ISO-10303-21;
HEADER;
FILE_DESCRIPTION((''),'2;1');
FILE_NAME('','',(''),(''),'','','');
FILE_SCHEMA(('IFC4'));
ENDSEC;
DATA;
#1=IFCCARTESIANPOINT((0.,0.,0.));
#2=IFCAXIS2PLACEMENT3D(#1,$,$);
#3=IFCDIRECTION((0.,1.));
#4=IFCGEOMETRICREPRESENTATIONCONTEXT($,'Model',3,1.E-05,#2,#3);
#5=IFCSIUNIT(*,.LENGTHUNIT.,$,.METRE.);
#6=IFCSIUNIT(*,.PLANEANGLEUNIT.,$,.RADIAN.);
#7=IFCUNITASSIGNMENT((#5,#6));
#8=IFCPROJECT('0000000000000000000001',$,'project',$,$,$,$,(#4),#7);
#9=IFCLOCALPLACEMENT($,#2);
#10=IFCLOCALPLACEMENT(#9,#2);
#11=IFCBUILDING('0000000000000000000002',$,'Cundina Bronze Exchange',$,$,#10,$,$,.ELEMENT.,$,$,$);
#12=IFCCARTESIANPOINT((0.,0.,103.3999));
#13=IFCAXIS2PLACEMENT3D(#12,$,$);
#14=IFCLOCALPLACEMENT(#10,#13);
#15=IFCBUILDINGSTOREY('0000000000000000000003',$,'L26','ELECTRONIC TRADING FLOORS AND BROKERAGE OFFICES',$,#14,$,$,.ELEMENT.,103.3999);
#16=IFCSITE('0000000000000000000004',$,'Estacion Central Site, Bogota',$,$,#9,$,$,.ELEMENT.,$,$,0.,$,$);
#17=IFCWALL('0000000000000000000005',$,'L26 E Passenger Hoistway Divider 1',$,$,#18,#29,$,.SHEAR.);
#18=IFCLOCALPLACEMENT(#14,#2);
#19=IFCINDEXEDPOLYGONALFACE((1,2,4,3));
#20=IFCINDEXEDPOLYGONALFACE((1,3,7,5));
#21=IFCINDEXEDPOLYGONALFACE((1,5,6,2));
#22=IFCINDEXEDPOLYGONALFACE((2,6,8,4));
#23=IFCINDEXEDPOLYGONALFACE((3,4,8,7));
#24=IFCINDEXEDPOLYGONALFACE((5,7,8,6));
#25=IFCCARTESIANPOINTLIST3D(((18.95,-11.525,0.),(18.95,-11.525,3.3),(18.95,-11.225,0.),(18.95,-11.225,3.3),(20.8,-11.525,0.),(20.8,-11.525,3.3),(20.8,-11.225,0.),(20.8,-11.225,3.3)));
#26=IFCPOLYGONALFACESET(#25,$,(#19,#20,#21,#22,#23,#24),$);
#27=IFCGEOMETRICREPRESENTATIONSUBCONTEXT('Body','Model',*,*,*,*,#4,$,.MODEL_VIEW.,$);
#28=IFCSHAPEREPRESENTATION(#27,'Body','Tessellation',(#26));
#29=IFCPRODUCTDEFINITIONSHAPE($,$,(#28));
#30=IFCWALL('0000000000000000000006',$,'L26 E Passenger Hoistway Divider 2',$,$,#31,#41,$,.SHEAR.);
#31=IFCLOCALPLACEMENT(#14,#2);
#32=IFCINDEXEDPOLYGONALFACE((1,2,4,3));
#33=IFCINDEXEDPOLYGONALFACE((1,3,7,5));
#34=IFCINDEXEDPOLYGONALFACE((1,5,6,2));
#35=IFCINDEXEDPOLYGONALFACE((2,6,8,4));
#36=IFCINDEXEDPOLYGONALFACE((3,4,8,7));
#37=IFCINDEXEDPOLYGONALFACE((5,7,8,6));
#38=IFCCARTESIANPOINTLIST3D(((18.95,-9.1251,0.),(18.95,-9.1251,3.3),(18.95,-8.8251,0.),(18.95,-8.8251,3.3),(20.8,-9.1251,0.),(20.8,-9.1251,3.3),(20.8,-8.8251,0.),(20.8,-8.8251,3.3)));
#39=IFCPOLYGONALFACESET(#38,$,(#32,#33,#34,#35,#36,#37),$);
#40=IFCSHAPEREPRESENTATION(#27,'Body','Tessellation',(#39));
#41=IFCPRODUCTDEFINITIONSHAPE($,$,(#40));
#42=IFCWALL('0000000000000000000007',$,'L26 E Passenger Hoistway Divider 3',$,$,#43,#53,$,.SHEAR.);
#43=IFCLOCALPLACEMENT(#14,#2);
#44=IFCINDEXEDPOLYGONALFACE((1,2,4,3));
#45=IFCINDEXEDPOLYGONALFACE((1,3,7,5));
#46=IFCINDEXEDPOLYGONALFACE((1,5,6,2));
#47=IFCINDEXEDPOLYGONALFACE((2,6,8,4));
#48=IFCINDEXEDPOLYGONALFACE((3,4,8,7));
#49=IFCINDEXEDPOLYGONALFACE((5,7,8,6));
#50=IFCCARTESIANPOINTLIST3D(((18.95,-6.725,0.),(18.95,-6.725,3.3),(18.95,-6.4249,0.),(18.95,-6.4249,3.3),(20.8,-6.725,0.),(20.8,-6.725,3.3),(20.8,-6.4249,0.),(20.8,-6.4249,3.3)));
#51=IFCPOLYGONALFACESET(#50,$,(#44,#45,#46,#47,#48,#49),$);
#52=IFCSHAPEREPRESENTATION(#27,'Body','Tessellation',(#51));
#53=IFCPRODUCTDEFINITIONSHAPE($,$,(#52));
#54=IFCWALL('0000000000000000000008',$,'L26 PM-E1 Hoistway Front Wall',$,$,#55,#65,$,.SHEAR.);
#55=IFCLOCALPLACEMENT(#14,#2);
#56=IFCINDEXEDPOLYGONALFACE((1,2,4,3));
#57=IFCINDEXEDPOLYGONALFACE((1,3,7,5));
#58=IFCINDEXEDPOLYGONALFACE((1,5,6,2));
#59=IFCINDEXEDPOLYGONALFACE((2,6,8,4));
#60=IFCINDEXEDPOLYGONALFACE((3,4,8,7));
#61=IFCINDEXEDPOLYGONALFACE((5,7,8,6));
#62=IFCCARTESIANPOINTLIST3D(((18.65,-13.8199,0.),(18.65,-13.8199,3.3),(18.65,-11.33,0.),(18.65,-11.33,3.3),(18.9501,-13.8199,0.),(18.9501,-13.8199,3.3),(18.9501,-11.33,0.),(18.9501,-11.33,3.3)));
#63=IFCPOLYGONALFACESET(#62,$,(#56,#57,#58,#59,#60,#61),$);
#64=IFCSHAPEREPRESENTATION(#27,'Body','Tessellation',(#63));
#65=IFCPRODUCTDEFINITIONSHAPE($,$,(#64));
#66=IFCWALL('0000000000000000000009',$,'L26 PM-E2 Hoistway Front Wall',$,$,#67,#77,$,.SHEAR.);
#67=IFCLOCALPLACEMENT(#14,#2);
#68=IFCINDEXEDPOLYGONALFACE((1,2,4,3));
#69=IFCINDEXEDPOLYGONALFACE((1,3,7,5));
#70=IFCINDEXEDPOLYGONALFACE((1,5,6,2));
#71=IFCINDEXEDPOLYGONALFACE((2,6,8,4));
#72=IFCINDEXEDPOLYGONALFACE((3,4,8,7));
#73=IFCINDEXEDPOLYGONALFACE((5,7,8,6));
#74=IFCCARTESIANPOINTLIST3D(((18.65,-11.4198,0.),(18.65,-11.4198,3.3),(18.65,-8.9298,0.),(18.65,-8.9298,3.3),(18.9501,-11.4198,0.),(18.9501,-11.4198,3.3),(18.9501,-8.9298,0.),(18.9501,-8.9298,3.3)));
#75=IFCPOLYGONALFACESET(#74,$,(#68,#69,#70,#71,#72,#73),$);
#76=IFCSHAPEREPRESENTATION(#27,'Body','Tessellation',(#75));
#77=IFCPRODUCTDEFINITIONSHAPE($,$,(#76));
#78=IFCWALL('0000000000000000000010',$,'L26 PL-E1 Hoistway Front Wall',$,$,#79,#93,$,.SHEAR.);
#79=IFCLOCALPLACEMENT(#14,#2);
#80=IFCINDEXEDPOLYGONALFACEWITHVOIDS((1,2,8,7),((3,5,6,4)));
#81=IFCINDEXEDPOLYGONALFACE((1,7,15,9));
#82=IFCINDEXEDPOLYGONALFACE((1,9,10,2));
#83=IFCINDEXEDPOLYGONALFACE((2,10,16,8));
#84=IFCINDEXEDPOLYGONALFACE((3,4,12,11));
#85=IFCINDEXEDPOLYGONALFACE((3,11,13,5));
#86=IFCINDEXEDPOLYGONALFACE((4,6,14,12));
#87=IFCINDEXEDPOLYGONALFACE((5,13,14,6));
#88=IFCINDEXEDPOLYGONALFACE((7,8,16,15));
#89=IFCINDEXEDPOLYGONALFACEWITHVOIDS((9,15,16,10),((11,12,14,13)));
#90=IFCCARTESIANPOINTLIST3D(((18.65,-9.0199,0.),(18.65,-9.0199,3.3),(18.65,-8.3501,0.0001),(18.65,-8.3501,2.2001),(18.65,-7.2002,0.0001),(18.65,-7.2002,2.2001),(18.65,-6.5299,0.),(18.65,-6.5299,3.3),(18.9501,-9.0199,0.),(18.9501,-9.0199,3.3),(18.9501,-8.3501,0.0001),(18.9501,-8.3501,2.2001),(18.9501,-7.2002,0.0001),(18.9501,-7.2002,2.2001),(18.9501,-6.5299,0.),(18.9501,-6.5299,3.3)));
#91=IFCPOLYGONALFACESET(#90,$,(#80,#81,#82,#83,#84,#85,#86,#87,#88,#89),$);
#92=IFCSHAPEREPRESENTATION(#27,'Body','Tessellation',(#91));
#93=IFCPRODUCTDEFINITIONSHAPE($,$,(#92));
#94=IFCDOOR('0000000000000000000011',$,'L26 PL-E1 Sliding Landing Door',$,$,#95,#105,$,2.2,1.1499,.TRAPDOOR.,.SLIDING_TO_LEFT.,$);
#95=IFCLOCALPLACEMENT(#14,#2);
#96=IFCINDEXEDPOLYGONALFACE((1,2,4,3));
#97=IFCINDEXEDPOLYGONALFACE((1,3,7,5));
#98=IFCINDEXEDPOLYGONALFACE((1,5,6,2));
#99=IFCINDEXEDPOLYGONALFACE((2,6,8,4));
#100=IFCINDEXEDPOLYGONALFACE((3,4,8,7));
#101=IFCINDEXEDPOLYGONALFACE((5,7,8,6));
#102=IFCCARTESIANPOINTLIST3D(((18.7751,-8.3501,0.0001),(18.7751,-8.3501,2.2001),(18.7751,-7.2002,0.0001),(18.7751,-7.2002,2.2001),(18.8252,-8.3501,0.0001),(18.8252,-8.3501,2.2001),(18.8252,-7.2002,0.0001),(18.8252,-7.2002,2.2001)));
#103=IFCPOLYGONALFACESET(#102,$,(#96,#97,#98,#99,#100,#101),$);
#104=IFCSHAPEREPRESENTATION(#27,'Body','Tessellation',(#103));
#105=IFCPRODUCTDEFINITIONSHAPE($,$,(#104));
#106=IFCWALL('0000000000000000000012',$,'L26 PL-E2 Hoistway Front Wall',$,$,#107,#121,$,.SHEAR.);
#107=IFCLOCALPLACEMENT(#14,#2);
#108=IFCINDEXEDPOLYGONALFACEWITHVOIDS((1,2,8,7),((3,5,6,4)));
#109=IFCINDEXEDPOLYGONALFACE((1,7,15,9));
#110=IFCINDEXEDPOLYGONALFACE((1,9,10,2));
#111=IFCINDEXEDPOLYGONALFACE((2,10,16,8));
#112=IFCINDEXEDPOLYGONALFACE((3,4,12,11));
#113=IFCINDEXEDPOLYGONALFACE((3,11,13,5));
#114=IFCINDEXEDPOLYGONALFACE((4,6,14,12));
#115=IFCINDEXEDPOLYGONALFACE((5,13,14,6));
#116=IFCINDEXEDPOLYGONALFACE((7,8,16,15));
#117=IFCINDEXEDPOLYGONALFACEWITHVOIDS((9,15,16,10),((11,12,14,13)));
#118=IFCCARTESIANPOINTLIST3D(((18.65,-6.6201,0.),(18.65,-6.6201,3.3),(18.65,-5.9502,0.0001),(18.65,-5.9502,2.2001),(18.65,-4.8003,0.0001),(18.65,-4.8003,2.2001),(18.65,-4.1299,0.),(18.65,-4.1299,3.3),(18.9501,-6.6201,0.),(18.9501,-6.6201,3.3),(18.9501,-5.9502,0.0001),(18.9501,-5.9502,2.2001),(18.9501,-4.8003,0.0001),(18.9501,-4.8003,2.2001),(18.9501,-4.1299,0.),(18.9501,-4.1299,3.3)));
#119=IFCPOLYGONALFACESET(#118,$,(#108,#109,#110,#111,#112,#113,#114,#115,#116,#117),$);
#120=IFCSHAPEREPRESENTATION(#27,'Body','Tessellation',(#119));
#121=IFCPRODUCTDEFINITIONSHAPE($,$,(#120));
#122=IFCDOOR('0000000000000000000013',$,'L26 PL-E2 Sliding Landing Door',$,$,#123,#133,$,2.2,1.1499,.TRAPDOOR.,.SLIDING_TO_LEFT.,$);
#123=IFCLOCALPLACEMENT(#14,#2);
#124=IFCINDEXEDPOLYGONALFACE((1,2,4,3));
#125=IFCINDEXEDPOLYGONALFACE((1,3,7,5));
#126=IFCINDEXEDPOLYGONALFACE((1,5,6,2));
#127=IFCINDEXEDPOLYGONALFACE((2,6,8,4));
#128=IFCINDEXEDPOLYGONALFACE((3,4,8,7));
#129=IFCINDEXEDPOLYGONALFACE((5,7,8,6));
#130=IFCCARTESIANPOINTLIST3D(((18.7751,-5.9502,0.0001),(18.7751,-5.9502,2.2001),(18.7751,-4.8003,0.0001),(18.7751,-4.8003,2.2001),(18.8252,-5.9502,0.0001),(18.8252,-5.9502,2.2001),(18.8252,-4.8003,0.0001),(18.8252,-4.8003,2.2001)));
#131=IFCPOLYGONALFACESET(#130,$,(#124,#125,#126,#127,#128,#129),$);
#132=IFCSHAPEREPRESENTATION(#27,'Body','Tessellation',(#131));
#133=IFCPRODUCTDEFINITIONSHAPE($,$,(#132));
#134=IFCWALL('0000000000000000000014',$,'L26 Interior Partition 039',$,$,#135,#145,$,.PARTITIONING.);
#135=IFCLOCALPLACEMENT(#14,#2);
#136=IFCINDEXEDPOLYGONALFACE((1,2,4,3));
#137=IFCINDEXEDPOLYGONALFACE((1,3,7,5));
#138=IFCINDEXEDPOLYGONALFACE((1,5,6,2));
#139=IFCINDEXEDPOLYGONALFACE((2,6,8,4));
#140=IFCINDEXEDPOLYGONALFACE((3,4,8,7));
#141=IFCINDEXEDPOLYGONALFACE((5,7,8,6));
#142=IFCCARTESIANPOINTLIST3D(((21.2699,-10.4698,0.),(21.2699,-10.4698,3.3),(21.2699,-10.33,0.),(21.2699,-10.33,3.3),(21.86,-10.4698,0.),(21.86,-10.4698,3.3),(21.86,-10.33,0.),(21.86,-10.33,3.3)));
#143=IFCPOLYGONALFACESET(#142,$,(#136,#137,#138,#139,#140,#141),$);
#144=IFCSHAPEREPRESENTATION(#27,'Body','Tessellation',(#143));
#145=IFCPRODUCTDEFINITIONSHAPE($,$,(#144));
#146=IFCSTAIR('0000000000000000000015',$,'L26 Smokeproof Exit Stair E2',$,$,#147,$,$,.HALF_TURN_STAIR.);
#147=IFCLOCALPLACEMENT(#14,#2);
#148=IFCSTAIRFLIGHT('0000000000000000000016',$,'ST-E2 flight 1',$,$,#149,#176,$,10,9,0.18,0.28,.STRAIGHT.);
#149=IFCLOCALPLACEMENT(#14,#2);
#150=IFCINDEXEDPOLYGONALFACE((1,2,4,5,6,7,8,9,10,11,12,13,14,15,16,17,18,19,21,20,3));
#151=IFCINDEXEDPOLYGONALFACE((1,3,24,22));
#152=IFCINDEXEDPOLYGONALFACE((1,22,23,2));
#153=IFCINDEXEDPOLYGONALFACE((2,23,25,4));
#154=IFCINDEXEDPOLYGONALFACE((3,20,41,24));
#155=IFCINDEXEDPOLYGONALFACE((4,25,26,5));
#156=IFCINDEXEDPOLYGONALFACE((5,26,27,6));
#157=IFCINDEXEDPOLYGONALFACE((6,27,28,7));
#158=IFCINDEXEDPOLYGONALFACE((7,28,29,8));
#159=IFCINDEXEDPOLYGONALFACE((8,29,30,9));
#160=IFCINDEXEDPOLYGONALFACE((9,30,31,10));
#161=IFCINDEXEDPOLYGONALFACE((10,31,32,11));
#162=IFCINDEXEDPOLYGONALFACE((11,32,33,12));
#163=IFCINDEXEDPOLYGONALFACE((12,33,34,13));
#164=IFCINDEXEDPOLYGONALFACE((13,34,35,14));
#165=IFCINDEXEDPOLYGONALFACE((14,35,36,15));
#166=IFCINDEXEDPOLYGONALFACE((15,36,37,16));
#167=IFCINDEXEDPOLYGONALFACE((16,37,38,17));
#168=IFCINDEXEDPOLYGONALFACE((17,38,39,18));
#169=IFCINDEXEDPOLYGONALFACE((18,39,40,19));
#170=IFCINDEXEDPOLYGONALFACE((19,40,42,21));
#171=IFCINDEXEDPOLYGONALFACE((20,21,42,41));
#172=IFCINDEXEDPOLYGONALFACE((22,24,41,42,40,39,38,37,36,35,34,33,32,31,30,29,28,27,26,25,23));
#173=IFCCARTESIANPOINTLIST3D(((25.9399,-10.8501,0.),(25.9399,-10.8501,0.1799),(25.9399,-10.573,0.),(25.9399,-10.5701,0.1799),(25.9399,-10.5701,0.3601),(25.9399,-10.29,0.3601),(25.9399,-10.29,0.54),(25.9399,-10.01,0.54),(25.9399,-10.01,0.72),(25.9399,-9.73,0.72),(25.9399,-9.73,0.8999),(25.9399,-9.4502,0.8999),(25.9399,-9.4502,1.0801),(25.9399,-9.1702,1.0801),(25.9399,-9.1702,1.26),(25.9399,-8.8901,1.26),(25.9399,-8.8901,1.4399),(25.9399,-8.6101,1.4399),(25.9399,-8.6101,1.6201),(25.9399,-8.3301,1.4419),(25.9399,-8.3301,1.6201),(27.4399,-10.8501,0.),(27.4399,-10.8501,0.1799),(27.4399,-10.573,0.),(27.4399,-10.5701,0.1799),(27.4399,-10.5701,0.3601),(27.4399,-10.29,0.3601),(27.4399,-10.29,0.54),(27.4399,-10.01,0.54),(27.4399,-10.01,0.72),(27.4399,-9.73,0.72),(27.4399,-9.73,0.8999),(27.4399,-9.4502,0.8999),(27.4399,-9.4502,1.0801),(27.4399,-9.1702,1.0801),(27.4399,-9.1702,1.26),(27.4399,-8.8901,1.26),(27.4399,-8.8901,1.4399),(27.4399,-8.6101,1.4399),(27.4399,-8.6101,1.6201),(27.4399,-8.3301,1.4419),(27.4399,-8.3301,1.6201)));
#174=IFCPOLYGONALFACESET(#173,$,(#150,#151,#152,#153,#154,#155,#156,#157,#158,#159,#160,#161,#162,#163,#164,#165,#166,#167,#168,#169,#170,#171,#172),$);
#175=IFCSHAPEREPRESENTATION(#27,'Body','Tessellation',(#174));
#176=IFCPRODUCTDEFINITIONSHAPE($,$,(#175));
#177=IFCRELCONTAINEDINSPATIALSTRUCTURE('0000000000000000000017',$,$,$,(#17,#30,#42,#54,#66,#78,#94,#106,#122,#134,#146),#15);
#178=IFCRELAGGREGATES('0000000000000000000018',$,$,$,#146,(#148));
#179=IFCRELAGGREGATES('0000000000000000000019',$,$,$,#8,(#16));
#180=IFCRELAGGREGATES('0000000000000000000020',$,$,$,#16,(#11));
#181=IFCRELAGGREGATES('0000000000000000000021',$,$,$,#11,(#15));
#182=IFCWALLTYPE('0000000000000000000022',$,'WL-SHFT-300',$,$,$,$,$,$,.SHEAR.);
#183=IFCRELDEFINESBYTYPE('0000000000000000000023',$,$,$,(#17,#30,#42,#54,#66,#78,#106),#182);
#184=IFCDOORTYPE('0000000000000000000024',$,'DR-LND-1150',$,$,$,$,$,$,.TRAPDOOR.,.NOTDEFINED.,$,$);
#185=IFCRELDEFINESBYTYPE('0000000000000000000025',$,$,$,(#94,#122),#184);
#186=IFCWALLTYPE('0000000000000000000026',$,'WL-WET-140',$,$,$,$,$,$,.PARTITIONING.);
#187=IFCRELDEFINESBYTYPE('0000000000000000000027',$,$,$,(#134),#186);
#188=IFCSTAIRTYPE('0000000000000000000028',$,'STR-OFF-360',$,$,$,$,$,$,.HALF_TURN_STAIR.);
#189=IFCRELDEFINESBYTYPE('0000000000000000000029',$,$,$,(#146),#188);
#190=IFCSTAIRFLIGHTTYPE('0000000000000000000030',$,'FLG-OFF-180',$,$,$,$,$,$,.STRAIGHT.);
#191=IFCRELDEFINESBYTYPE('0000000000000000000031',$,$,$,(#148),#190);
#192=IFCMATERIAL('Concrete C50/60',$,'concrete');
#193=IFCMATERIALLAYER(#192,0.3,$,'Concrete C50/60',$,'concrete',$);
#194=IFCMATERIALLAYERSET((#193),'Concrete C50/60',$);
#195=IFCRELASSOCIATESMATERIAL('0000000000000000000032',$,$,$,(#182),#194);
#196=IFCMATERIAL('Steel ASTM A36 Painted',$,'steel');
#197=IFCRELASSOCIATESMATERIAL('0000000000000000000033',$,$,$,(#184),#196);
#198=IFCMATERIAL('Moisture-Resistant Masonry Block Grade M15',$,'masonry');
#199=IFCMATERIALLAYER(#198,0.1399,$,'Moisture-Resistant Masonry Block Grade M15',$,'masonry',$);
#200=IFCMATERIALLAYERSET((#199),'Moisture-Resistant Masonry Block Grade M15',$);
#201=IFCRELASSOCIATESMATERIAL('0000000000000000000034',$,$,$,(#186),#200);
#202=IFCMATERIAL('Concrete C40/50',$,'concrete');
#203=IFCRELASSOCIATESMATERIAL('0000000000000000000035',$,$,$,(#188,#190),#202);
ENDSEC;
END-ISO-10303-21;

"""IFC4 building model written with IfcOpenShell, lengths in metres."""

from ifc_helpers import new_model, si_unit, direction, frame, frame_2d, origin, place, context, subcontext, project, spatial, polyline, rectangle, outline, extrude, material, layer, layer_set, type_object, element, fill, aggregate, save


model = new_model("IFC4")

# Units and contexts
model_context = context("Model", 3, precision=1e-05, world=origin(), true_north=direction((0.0, 1.0)))
body_context = subcontext(model_context, "Body", "Model", "MODEL_VIEW")
ifc_project = project(units=[si_unit("LENGTHUNIT", "METRE"), si_unit("PLANEANGLEUNIT", "RADIAN")], contexts=[model_context])

# Site, building, storey
site_placement = place(None, origin())
site = spatial("IfcSite", under=ifc_project, at=site_placement, Name="Estacion Central Site, Bogota", CompositionType="ELEMENT", RefElevation=0.0)
building_placement = place(site_placement, origin())
building = spatial("IfcBuilding", under=site, at=building_placement, Name="Cundina Bronze Exchange", CompositionType="ELEMENT")
storey_placement = place(building_placement, frame((0.0, 0.0, 103.3999)))
storey = spatial("IfcBuildingStorey", under=building, at=storey_placement, Name="L26", Description="ELECTRONIC TRADING FLOORS AND BROKERAGE OFFICES", CompositionType="ELEMENT", Elevation=103.3999)

# Shared definitions
ifc_material_1 = material(Name="Concrete C50/60", Category="concrete")
ifc_layer_1 = layer(ifc_material_1, 0.3, Name="Concrete C50/60", Category="concrete")
ifc_layer_set_1 = layer_set([ifc_layer_1], Name="Concrete C50/60")
wall_type_1 = type_object("IfcWallType", Name="WL-SHFT-300", PredefinedType="SHEAR", material=ifc_layer_set_1)

# Shared definitions
ifc_material_2 = material(Name="Steel ASTM A36 Painted", Category="steel")
door_type_1 = type_object("IfcDoorType", Name="DR-LND-1150", OperationType="NOTDEFINED", PredefinedType="TRAPDOOR", material=ifc_material_2)

# Walls
for number, where, z_axis, x_axis, name in (
    (1, (18.95, -11.375, 0.0), (0.0, 0.0, 1.0), (1.0, 0.0, 0.0), "L26 E Passenger Hoistway Divider 1"),
    (2, (18.95, -8.9751, 0.0), (0.0, 0.0, 1.0), (1.0, 0.0, 0.0), "L26 E Passenger Hoistway Divider 2"),
    (3, (18.95, -6.575, 0.0), (0.0, 0.0, 1.0), (1.0, 0.0, 0.0), "L26 E Passenger Hoistway Divider 3"),
):
    element("IfcWall", number, at=place(storey_placement, frame(where, z_axis=z_axis, x_axis=x_axis)), inside=storey, type_object=wall_type_1, Name=name, PredefinedType="SHEAR", context=body_context, shape_type="SweptSolid", body=[
        extrude(rectangle(XDim=1.8501, YDim=0.3, at=frame_2d((0.925, 0.0))), origin(), (0.0, 0.0, 1.0), 3.3),
    ])
for number, where, z_axis, x_axis, name in (
    (4, (18.8, -13.8201, 0.0), (0.0, 0.0, 1.0), (0.0, 1.0, 0.0), "L26 PM-E1 Hoistway Front Wall"),
    (5, (18.8, -11.4199, 0.0), (0.0, 0.0, 1.0), (0.0, 1.0, 0.0), "L26 PM-E2 Hoistway Front Wall"),
):
    element("IfcWall", number, at=place(storey_placement, frame(where, z_axis=z_axis, x_axis=x_axis)), inside=storey, type_object=wall_type_1, Name=name, PredefinedType="SHEAR", context=body_context, shape_type="SweptSolid", body=[
        extrude(rectangle(XDim=2.49, YDim=0.3, at=frame_2d((1.2451, 0.0))), origin(), (0.0, 0.0, 1.0), 3.3),
    ])

# Walls, openings, doors
wall_1_placement = place(storey_placement, frame((18.8, -9.02, 0.0), z_axis=(0.0, 0.0, 1.0), x_axis=(0.0, 1.0, 0.0)))
wall_1 = element("IfcWall", 6, at=wall_1_placement, inside=storey, type_object=wall_type_1, Name="L26 PL-E1 Hoistway Front Wall", PredefinedType="SHEAR", context=body_context, shape_type="SweptSolid", body=[
    extrude(rectangle(XDim=2.49, YDim=0.3, at=frame_2d((1.2451, 0.0))), origin(), (0.0, 0.0, 1.0), 3.3),
])
opening_1_placement = place(wall_1_placement, frame((0.6699, 0.0, 0.0)))
opening_1 = element("IfcOpeningElement", 7, at=opening_1_placement, cuts=wall_1, PredefinedType="OPENING", context=body_context, shape_type="SweptSolid", body=[
    extrude(rectangle(XDim=1.1499, YDim=2.2, at=frame_2d((0.575, 1.1001))), frame((0.0, 0.1599, 0.0), z_axis=(0.0, -1.0, 0.0), x_axis=(1.0, 0.0, 0.0)), (0.0, 0.0, 1.0), 0.3201),
])
door_1_placement = place(opening_1_placement, origin())
door_1 = element("IfcDoor", 8, at=door_1_placement, inside=storey, type_object=door_type_1, Name="L26 PL-E1 Sliding Landing Door", OperationType="SLIDING_TO_LEFT", OverallHeight=2.2, OverallWidth=1.1499, PredefinedType="TRAPDOOR", context=body_context, shape_type="SweptSolid", body=[
    extrude(rectangle(XDim=1.1499, YDim=2.2, at=frame_2d((0.575, 1.1001))), frame((0.0, 0.0249, 0.0), z_axis=(0.0, -1.0, 0.0), x_axis=(1.0, 0.0, 0.0)), (0.0, 0.0, 1.0), 0.05),
])
fill(opening_1, door_1)
wall_2_placement = place(storey_placement, frame((18.8, -6.6201, 0.0), z_axis=(0.0, 0.0, 1.0), x_axis=(0.0, 1.0, 0.0)))
wall_2 = element("IfcWall", 9, at=wall_2_placement, inside=storey, type_object=wall_type_1, Name="L26 PL-E2 Hoistway Front Wall", PredefinedType="SHEAR", context=body_context, shape_type="SweptSolid", body=[
    extrude(rectangle(XDim=2.4902, YDim=0.3, at=frame_2d((1.2451, 0.0))), origin(), (0.0, 0.0, 1.0), 3.3),
])
opening_2_placement = place(wall_2_placement, frame((0.6699, 0.0, 0.0)))
opening_2 = element("IfcOpeningElement", 10, at=opening_2_placement, cuts=wall_2, PredefinedType="OPENING", context=body_context, shape_type="SweptSolid", body=[
    extrude(rectangle(XDim=1.1499, YDim=2.2, at=frame_2d((0.575, 1.1001))), frame((0.0, 0.1599, 0.0), z_axis=(0.0, -1.0, 0.0), x_axis=(1.0, 0.0, 0.0)), (0.0, 0.0, 1.0), 0.3201),
])
door_2_placement = place(opening_2_placement, origin())
door_2 = element("IfcDoor", 11, at=door_2_placement, inside=storey, type_object=door_type_1, Name="L26 PL-E2 Sliding Landing Door", OperationType="SLIDING_TO_LEFT", OverallHeight=2.2, OverallWidth=1.1499, PredefinedType="TRAPDOOR", context=body_context, shape_type="SweptSolid", body=[
    extrude(rectangle(XDim=1.1499, YDim=2.2, at=frame_2d((0.575, 1.1001))), frame((0.0, 0.0249, 0.0), z_axis=(0.0, -1.0, 0.0), x_axis=(1.0, 0.0, 0.0)), (0.0, 0.0, 1.0), 0.05),
])
fill(opening_2, door_2)

# Wall
ifc_material_3 = material(Name="Moisture-Resistant Masonry Block Grade M15", Category="masonry")
ifc_layer_2 = layer(ifc_material_3, 0.1399, Name="Moisture-Resistant Masonry Block Grade M15", Category="masonry")
ifc_layer_set_2 = layer_set([ifc_layer_2], Name="Moisture-Resistant Masonry Block Grade M15")
wall_type_2 = type_object("IfcWallType", Name="WL-WET-140", PredefinedType="PARTITIONING", material=ifc_layer_set_2)
wall_3_placement = place(storey_placement, frame((21.27, -10.3999, 0.0), z_axis=(0.0, 0.0, 1.0), x_axis=(1.0, 0.0, 0.0)))
element("IfcWall", 12, at=wall_3_placement, inside=storey, type_object=wall_type_2, Name="L26 Interior Partition 039", PredefinedType="PARTITIONING", context=body_context, shape_type="SweptSolid", body=[
    extrude(rectangle(XDim=0.5901, YDim=0.1399, at=frame_2d((0.2949, 0.0))), origin(), (0.0, 0.0, 1.0), 3.3),
])

# Stair, stair flight
ifc_material_4 = material(Name="Concrete C40/50", Category="concrete")
stair_type = type_object("IfcStairType", Name="STR-OFF-360", PredefinedType="HALF_TURN_STAIR", material=ifc_material_4)
stair_placement = place(storey_placement, origin())
stair = element("IfcStair", 13, at=stair_placement, inside=storey, type_object=stair_type, Name="L26 Smokeproof Exit Stair E2", PredefinedType="HALF_TURN_STAIR")
stair_flight_type = type_object("IfcStairFlightType", Name="FLG-OFF-180", PredefinedType="STRAIGHT", material=ifc_material_4)
stair_flight_1_placement = place(storey_placement, frame((26.6899, -10.8501, 0.0), z_axis=(0.0, 0.0, 1.0), x_axis=(0.0, 1.0, 0.0)))
stair_flight_1 = element("IfcStairFlight", 14, at=stair_flight_1_placement, type_object=stair_flight_type, Name="ST-E2 flight 1", NumberOfRisers=10, NumberOfTreads=9, PredefinedType="STRAIGHT", RiserHeight=0.18, TreadLength=0.28, context=body_context, shape_type="SweptSolid", body=[
    extrude(outline(polyline([(0.0, 0.0), (0.0, 0.1799), (0.28, 0.1799), (0.28, 0.3601), (0.5601, 0.3601), (0.5601, 0.54), (0.8401, 0.54), (0.8401, 0.72), (1.1201, 0.72), (1.1201, 0.8999), (1.3999, 0.8999), (1.3999, 1.0801), (1.6799, 1.0801), (1.6799, 1.26), (1.96, 1.26), (1.96, 1.4399), (2.24, 1.4399), (2.24, 1.6201), (2.52, 1.6201), (2.52, 1.8), (2.52, 1.4419), (0.2771, 0.0), (0.0, 0.0)])), frame((0.0, 0.75, 0.0), z_axis=(0.0, -1.0, 0.0), x_axis=(1.0, 0.0, 0.0)), (0.0, 0.0, 1.0), 1.5),
])
aggregate(stair, [stair_flight_1])

save(model, "model.ifc")
